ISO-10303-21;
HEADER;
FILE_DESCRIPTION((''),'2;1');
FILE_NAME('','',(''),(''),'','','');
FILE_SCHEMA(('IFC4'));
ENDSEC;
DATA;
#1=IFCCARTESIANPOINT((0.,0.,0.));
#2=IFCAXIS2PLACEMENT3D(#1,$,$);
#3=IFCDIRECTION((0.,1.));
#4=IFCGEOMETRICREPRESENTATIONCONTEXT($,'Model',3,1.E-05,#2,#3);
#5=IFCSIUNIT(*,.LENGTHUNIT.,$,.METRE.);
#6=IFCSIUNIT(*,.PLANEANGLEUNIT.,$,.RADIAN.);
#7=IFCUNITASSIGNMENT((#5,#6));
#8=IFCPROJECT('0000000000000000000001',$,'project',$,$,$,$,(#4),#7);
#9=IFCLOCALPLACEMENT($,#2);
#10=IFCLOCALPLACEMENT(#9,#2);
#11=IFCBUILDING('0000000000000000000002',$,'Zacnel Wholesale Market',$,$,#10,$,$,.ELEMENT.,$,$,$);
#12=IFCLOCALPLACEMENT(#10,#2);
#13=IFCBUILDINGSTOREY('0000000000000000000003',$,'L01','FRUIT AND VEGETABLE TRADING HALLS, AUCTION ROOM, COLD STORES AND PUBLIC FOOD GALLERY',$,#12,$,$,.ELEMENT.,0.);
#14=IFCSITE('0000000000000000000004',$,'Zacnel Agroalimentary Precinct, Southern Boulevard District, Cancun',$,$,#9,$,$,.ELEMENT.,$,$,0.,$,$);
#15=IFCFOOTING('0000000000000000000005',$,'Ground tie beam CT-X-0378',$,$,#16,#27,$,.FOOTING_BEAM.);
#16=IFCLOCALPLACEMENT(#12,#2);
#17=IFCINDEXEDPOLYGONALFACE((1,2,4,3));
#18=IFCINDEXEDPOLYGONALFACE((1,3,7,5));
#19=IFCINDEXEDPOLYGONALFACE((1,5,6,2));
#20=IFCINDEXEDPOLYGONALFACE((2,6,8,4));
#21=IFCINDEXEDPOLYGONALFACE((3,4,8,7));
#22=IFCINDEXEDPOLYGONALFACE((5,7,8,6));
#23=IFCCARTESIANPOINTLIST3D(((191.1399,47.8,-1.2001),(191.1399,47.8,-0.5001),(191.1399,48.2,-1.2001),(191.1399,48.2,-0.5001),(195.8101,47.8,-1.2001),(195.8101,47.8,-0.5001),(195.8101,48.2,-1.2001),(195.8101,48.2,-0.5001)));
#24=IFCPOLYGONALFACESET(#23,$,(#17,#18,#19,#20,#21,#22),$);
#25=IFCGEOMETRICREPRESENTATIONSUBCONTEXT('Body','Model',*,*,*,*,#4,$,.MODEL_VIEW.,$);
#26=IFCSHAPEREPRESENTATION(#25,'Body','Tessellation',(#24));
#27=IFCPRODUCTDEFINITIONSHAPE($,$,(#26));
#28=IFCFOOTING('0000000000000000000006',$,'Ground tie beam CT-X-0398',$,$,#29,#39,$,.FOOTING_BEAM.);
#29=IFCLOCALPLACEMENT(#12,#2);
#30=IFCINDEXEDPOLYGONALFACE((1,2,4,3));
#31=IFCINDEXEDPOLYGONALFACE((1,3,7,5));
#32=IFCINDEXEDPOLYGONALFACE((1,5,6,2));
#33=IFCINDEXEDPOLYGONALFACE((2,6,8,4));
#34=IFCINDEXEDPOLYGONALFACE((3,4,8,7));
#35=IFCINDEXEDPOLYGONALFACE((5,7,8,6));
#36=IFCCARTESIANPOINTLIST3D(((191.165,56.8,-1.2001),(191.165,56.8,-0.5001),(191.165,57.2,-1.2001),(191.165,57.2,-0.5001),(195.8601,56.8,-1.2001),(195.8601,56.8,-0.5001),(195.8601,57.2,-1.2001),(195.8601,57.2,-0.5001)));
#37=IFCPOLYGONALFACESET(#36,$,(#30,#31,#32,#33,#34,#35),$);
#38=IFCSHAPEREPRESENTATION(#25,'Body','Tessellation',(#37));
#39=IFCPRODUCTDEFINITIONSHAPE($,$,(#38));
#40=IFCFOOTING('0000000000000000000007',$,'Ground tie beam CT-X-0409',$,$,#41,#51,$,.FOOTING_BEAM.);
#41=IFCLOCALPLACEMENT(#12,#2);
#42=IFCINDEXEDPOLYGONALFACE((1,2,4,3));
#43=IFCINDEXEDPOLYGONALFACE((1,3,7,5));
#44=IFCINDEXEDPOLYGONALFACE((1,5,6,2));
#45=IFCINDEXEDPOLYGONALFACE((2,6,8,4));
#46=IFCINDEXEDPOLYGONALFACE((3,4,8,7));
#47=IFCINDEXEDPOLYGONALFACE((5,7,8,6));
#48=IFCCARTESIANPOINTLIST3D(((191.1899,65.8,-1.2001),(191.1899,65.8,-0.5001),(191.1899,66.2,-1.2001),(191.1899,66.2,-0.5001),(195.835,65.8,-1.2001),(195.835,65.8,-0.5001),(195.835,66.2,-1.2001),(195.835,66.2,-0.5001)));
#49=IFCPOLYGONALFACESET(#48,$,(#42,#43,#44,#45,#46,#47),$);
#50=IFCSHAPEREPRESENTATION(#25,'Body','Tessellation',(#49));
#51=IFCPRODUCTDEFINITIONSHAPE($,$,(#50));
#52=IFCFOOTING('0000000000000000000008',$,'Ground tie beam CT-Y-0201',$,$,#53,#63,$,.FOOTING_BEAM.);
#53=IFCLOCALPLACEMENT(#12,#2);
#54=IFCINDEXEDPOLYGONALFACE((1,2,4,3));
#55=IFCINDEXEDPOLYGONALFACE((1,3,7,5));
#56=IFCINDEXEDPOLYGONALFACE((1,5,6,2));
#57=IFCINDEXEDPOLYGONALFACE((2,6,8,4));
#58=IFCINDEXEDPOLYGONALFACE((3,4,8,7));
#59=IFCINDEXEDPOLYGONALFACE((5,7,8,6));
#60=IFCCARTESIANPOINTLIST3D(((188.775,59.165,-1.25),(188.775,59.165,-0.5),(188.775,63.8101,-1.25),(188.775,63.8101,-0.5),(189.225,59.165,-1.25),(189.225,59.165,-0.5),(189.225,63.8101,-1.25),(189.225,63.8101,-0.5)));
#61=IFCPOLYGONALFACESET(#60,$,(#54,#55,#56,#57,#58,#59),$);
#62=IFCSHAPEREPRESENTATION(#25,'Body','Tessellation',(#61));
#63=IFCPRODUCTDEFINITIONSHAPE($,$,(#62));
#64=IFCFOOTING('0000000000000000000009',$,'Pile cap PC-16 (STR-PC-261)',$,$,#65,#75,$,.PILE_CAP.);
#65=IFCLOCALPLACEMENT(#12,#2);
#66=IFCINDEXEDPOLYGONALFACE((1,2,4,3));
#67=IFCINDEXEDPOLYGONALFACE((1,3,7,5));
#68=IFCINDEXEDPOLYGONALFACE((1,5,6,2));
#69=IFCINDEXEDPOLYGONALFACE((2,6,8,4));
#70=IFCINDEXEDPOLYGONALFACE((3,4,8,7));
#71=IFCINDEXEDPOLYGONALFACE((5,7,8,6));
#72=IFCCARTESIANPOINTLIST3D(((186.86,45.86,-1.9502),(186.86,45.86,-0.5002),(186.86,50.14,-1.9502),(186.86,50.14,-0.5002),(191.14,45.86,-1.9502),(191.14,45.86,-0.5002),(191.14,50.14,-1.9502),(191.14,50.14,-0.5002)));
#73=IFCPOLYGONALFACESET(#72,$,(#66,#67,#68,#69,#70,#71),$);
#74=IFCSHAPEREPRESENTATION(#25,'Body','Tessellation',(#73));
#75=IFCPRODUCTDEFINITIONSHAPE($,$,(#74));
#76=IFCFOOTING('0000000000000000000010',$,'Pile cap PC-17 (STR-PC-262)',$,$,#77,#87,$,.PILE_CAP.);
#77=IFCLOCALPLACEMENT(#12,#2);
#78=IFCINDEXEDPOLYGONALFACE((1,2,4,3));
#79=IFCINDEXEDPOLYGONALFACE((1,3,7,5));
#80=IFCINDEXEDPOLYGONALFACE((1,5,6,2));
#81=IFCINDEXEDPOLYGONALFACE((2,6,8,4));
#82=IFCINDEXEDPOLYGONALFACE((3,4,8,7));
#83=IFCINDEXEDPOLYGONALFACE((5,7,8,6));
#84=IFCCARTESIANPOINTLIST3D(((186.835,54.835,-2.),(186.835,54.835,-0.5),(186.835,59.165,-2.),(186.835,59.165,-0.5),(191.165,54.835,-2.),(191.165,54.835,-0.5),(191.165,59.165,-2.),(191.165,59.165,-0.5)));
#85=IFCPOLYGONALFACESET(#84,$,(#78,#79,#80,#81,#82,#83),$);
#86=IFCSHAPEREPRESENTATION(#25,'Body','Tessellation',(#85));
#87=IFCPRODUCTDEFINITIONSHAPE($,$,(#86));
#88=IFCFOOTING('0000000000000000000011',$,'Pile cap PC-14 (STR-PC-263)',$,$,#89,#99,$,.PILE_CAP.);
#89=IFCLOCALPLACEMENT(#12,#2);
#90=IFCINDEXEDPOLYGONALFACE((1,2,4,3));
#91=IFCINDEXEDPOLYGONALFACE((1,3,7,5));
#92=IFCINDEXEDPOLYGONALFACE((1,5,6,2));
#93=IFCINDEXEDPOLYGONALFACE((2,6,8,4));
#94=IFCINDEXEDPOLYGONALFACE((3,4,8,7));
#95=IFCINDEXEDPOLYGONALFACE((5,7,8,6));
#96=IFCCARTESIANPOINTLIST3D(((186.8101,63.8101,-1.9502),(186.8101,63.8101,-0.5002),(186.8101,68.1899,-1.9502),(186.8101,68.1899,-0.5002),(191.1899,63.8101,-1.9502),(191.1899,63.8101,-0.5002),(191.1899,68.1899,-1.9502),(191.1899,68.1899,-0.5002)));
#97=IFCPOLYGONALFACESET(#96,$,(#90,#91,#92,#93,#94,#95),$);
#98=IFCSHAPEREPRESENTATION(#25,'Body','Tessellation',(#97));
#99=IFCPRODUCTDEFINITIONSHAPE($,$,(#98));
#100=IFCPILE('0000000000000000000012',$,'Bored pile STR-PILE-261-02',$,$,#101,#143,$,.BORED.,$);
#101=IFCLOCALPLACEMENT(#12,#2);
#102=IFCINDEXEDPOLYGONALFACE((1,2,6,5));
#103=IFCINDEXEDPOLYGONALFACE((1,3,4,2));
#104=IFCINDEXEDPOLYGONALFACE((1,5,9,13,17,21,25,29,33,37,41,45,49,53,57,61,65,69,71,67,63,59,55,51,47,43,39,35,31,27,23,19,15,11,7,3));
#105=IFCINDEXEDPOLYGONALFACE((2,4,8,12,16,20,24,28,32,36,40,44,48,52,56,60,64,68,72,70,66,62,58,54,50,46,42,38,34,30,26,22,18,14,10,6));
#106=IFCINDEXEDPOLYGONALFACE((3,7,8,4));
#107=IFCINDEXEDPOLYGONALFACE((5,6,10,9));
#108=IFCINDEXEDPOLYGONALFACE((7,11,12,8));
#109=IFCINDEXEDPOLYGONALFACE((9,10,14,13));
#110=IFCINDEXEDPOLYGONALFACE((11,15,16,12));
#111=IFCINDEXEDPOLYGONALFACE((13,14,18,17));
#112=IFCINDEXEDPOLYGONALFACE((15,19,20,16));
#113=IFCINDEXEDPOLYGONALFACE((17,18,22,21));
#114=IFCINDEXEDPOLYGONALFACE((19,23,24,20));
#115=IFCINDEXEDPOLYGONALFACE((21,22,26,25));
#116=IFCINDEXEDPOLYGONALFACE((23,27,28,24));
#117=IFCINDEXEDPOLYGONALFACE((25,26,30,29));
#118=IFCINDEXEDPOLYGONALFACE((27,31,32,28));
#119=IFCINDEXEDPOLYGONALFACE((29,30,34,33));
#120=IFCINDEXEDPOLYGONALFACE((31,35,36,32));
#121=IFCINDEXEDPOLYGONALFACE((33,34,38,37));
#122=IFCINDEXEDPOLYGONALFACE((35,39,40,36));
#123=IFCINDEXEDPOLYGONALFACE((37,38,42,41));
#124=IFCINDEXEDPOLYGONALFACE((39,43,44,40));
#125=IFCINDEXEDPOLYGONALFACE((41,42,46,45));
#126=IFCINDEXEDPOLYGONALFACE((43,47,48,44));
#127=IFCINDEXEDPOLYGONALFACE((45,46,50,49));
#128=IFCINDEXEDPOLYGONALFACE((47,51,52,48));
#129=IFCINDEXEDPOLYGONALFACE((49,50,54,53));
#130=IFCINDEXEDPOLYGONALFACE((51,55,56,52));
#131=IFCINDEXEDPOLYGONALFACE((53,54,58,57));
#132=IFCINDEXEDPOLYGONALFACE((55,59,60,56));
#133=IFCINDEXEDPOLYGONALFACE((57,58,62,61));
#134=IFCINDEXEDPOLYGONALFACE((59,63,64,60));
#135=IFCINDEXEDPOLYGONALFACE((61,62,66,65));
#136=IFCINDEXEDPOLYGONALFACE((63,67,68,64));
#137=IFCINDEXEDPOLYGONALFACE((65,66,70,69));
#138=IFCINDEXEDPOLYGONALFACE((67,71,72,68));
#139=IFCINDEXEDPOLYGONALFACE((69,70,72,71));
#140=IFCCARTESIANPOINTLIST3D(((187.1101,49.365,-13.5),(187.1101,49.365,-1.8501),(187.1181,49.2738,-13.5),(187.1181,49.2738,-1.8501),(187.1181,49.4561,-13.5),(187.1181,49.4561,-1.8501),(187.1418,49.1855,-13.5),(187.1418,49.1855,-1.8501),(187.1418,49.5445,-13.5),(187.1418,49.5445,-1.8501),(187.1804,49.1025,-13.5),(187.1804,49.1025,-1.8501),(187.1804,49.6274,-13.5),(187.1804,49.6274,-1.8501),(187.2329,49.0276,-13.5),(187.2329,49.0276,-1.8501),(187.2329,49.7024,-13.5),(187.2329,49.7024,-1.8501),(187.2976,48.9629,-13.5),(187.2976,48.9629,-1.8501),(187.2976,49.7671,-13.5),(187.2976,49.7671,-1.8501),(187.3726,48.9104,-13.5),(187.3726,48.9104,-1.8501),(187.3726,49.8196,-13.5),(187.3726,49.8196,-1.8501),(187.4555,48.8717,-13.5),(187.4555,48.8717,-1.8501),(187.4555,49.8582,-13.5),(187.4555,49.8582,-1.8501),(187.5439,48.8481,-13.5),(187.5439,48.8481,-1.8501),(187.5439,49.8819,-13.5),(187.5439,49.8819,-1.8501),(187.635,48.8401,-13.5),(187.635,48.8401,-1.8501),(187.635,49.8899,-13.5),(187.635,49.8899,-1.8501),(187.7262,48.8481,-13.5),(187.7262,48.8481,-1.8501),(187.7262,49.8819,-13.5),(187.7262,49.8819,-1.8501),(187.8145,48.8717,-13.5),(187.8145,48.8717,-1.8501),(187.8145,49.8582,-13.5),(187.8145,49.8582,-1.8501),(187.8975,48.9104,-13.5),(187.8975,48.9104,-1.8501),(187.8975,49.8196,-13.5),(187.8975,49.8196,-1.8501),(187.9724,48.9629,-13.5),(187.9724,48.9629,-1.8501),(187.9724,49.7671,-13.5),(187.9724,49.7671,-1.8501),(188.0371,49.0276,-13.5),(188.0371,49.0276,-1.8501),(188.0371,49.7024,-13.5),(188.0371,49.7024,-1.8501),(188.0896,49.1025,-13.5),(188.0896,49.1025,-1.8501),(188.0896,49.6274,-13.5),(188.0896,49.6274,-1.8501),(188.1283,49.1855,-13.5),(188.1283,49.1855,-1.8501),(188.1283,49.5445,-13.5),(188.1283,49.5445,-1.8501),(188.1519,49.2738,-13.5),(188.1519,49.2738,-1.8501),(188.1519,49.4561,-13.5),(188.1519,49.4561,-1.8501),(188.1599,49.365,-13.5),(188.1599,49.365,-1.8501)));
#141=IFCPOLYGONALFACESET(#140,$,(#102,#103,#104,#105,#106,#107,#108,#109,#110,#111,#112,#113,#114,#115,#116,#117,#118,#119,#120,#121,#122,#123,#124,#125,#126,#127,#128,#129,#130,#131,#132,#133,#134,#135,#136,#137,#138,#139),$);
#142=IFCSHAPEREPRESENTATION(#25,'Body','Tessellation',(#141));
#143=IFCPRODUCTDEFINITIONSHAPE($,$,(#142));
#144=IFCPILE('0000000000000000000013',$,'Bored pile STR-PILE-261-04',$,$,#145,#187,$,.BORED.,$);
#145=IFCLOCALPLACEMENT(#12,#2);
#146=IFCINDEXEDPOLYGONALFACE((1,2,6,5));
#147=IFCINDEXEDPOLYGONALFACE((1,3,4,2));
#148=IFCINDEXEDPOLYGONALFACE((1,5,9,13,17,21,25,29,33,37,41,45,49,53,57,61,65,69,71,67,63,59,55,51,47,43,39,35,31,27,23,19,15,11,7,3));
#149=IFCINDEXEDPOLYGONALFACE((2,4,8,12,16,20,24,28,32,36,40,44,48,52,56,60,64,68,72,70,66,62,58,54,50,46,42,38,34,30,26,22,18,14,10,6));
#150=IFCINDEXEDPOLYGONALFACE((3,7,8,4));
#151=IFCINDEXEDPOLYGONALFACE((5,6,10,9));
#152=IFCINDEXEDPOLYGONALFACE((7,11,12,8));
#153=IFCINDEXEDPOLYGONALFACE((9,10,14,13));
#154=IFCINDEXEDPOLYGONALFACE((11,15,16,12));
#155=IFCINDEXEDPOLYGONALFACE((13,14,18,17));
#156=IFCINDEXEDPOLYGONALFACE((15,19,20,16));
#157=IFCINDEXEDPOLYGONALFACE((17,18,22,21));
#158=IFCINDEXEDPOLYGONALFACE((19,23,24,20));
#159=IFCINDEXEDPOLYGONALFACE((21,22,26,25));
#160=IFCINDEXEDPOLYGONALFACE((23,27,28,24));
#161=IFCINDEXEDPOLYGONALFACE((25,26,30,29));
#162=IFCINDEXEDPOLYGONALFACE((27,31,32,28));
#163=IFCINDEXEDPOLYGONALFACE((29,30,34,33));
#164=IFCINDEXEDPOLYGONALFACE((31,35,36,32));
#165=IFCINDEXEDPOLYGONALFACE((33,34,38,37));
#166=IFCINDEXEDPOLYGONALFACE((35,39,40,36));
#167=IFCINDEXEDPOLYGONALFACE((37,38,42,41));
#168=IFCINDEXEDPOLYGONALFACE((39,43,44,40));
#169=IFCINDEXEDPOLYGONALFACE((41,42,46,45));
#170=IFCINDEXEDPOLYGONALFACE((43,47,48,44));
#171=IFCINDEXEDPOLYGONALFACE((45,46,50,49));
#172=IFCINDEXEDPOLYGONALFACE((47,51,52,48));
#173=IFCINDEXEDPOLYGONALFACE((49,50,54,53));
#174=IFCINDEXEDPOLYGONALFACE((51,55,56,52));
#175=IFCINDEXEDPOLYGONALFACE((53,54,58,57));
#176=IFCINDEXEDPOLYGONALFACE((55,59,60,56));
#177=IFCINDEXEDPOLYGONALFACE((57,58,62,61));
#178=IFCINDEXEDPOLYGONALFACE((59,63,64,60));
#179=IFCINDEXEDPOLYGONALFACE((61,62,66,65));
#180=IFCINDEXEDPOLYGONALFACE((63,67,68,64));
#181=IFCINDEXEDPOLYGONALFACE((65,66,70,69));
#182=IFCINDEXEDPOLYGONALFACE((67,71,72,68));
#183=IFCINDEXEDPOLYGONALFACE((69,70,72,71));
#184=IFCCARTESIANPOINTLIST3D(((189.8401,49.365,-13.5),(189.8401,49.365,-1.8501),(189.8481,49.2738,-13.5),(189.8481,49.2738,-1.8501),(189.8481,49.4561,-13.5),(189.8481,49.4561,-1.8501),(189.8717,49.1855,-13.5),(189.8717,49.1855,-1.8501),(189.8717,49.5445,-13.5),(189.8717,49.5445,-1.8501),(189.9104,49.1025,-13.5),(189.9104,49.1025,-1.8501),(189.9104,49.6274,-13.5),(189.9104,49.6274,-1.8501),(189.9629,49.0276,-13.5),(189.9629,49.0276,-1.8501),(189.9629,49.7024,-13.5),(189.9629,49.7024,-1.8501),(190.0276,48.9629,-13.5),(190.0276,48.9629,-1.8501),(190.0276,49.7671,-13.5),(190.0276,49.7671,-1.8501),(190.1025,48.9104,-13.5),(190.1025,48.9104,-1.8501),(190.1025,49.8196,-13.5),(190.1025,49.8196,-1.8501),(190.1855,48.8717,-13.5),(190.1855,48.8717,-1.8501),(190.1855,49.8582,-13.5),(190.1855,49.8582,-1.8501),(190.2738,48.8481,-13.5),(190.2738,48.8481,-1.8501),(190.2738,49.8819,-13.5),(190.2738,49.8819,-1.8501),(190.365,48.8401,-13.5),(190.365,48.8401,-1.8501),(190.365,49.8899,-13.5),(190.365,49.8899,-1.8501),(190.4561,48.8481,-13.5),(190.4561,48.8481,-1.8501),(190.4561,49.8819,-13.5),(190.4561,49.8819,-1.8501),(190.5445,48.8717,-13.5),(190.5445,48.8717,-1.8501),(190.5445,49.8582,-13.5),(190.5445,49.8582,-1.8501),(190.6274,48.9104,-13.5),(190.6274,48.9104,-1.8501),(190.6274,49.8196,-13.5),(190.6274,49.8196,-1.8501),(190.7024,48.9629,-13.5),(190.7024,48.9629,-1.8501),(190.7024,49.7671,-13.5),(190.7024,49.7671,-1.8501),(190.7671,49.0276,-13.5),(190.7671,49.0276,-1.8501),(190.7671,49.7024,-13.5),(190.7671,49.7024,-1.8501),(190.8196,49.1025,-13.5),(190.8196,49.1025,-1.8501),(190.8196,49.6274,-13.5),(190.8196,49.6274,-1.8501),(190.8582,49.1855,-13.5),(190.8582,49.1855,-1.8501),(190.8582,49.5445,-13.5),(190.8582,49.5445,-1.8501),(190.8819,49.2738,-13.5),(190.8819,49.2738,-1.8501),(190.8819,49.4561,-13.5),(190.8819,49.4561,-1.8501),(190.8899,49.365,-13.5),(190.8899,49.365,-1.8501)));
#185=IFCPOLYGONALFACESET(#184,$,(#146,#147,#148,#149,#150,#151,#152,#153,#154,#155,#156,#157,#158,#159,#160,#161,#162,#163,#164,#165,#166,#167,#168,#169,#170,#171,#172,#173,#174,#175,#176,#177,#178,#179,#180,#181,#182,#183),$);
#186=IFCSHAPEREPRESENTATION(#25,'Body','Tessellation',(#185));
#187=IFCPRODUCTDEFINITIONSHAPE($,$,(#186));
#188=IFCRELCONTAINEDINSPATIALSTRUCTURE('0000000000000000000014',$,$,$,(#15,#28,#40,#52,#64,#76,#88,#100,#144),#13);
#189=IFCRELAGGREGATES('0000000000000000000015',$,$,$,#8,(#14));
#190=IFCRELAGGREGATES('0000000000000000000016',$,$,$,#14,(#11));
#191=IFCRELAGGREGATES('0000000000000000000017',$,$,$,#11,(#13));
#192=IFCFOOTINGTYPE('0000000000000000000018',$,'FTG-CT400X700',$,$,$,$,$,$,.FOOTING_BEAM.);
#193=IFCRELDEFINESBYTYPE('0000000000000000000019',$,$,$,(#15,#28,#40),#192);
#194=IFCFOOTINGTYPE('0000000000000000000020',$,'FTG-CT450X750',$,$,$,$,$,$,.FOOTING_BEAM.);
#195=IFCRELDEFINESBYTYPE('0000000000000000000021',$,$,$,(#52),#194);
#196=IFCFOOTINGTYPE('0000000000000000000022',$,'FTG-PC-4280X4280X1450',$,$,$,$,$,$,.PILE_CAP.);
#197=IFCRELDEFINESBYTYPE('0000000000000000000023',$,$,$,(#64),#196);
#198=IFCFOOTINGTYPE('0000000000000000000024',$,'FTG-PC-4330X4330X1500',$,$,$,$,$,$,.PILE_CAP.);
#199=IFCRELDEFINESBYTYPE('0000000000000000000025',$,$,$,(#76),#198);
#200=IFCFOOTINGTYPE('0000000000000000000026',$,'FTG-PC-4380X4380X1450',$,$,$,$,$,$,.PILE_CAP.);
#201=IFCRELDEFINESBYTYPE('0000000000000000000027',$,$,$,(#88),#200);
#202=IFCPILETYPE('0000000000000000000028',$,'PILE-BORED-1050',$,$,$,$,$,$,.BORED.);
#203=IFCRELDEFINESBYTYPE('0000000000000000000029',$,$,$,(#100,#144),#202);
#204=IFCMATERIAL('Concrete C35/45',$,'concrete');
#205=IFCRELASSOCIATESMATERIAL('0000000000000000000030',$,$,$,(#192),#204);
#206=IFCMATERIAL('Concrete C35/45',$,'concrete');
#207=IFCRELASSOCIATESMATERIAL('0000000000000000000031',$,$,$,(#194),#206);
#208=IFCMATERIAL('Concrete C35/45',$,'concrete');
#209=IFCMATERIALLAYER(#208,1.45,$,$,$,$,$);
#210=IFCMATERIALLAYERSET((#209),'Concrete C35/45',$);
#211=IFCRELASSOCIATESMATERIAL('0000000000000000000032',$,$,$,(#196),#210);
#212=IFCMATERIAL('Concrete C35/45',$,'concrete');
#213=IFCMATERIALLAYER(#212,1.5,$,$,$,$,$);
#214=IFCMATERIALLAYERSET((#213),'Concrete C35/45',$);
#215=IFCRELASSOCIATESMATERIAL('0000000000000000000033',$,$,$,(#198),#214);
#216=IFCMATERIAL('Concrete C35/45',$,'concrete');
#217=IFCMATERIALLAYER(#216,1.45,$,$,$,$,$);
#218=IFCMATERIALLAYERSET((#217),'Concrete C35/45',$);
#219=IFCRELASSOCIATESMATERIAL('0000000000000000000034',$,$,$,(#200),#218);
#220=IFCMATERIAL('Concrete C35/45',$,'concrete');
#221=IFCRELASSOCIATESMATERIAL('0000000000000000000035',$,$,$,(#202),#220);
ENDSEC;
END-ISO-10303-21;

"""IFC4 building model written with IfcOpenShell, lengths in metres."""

from ifc_helpers import new_model, si_unit, direction, frame, origin, origin_2d, place, context, subcontext, project, spatial, rectangle, circle, extrude, material, layer, layer_set, material_profile, profile_set, type_object, element, save


model = new_model("IFC4")

# Units and contexts
model_context = context("Model", 3, precision=1e-05, world=origin(), true_north=direction((0.0, 1.0)))
body_context = subcontext(model_context, "Body", "Model", "MODEL_VIEW")
ifc_project = project(units=[si_unit("LENGTHUNIT", "METRE"), si_unit("PLANEANGLEUNIT", "RADIAN")], contexts=[model_context])

# Site, building, storey
site_placement = place(None, origin())
site = spatial("IfcSite", under=ifc_project, at=site_placement, Name="Zacnel Agroalimentary Precinct, Southern Boulevard District, Cancun", CompositionType="ELEMENT", RefElevation=0.0)
building_placement = place(site_placement, origin())
building = spatial("IfcBuilding", under=site, at=building_placement, Name="Zacnel Wholesale Market", CompositionType="ELEMENT")
storey_placement = place(building_placement, origin())
storey = spatial("IfcBuildingStorey", under=building, at=storey_placement, Name="L01", Description="FRUIT AND VEGETABLE TRADING HALLS, AUCTION ROOM, COLD STORES AND PUBLIC FOOD GALLERY", CompositionType="ELEMENT", Elevation=0.0)

# Footings
ifc_material_1 = material(Name="Concrete C35/45", Category="concrete")
ifc_material_profile_1 = material_profile(ifc_material_1, rectangle(XDim=0.3999, YDim=0.7, at=origin_2d()), Name="CT 400x700")
ifc_profile_set_1 = profile_set([ifc_material_profile_1], Name="Concrete C35/45")
footing_type_1 = type_object("IfcFootingType", Name="FTG-CT400X700", PredefinedType="FOOTING_BEAM", material=ifc_profile_set_1)
footing_1_placement = place(storey_placement, frame((191.1399, 48.0, -0.8501), z_axis=(1.0, 0.0, 0.0), x_axis=(0.0, 1.0, 0.0)))
element("IfcFooting", 1, at=footing_1_placement, inside=storey, type_object=footing_type_1, Name="Ground tie beam CT-X-0378", PredefinedType="FOOTING_BEAM", context=body_context, shape_type="SweptSolid", body=[
    extrude(rectangle(XDim=0.3999, YDim=0.7, at=origin_2d()), origin(), (0.0, 0.0, 1.0), 4.6702),
])
footing_2_placement = place(storey_placement, frame((191.165, 57.0, -0.8501), z_axis=(1.0, 0.0, 0.0), x_axis=(0.0, 1.0, 0.0)))
element("IfcFooting", 2, at=footing_2_placement, inside=storey, type_object=footing_type_1, Name="Ground tie beam CT-X-0398", PredefinedType="FOOTING_BEAM", context=body_context, shape_type="SweptSolid", body=[
    extrude(rectangle(XDim=0.3999, YDim=0.7, at=origin_2d()), origin(), (0.0, 0.0, 1.0), 4.6951),
])
footing_3_placement = place(storey_placement, frame((191.1899, 66.0, -0.8501), z_axis=(1.0, 0.0, 0.0), x_axis=(0.0, 1.0, 0.0)))
element("IfcFooting", 3, at=footing_3_placement, inside=storey, type_object=footing_type_1, Name="Ground tie beam CT-X-0409", PredefinedType="FOOTING_BEAM", context=body_context, shape_type="SweptSolid", body=[
    extrude(rectangle(XDim=0.3999, YDim=0.7, at=origin_2d()), origin(), (0.0, 0.0, 1.0), 4.645),
])
ifc_material_2 = material(Name="Concrete C35/45", Category="concrete")
ifc_material_profile_2 = material_profile(ifc_material_2, rectangle(XDim=0.45, YDim=0.75, at=origin_2d()), Name="CT 450x750")
ifc_profile_set_2 = profile_set([ifc_material_profile_2], Name="Concrete C35/45")
footing_type_2 = type_object("IfcFootingType", Name="FTG-CT450X750", PredefinedType="FOOTING_BEAM", material=ifc_profile_set_2)
footing_4_placement = place(storey_placement, frame((189.0, 59.165, -0.875), z_axis=(0.0, 1.0, 0.0), x_axis=(-1.0, 0.0, 0.0)))
element("IfcFooting", 4, at=footing_4_placement, inside=storey, type_object=footing_type_2, Name="Ground tie beam CT-Y-0201", PredefinedType="FOOTING_BEAM", context=body_context, shape_type="SweptSolid", body=[
    extrude(rectangle(XDim=0.45, YDim=0.75, at=origin_2d()), origin(), (0.0, 0.0, 1.0), 4.645),
])
ifc_material_3 = material(Name="Concrete C35/45", Category="concrete")
ifc_layer_1 = layer(ifc_material_3, 1.45)
ifc_layer_set_1 = layer_set([ifc_layer_1], Name="Concrete C35/45")
footing_type_3 = type_object("IfcFootingType", Name="FTG-PC-4280X4280X1450", PredefinedType="PILE_CAP", material=ifc_layer_set_1)
footing_5_placement = place(storey_placement, frame((189.0, 48.0, -1.9502), z_axis=(0.0, 0.0, 1.0), x_axis=(1.0, 0.0, 0.0)))
element("IfcFooting", 5, at=footing_5_placement, inside=storey, type_object=footing_type_3, Name="Pile cap PC-16 (STR-PC-261)", PredefinedType="PILE_CAP", context=body_context, shape_type="SweptSolid", body=[
    extrude(rectangle(XDim=4.28, YDim=4.28, at=origin_2d()), origin(), (0.0, 0.0, 1.0), 1.45),
])
ifc_material_4 = material(Name="Concrete C35/45", Category="concrete")
ifc_layer_2 = layer(ifc_material_4, 1.5)
ifc_layer_set_2 = layer_set([ifc_layer_2], Name="Concrete C35/45")
footing_type_4 = type_object("IfcFootingType", Name="FTG-PC-4330X4330X1500", PredefinedType="PILE_CAP", material=ifc_layer_set_2)
footing_6_placement = place(storey_placement, frame((189.0, 57.0, -2.0), z_axis=(0.0, 0.0, 1.0), x_axis=(1.0, 0.0, 0.0)))
element("IfcFooting", 6, at=footing_6_placement, inside=storey, type_object=footing_type_4, Name="Pile cap PC-17 (STR-PC-262)", PredefinedType="PILE_CAP", context=body_context, shape_type="SweptSolid", body=[
    extrude(rectangle(XDim=4.3301, YDim=4.3301, at=origin_2d()), origin(), (0.0, 0.0, 1.0), 1.5),
])
ifc_material_5 = material(Name="Concrete C35/45", Category="concrete")
ifc_layer_3 = layer(ifc_material_5, 1.45)
ifc_layer_set_3 = layer_set([ifc_layer_3], Name="Concrete C35/45")
footing_type_5 = type_object("IfcFootingType", Name="FTG-PC-4380X4380X1450", PredefinedType="PILE_CAP", material=ifc_layer_set_3)
footing_7_placement = place(storey_placement, frame((189.0, 66.0, -1.9502), z_axis=(0.0, 0.0, 1.0), x_axis=(1.0, 0.0, 0.0)))
element("IfcFooting", 7, at=footing_7_placement, inside=storey, type_object=footing_type_5, Name="Pile cap PC-14 (STR-PC-263)", PredefinedType="PILE_CAP", context=body_context, shape_type="SweptSolid", body=[
    extrude(rectangle(XDim=4.3799, YDim=4.3799, at=origin_2d()), origin(), (0.0, 0.0, 1.0), 1.45),
])

# Piles
ifc_material_6 = material(Name="Concrete C35/45", Category="concrete")
ifc_material_profile_3 = material_profile(ifc_material_6, circle(Radius=0.5249, at=origin_2d()), Name="BORED PILE D1050")
ifc_profile_set_3 = profile_set([ifc_material_profile_3], Name="Concrete C35/45")
pile_type = type_object("IfcPileType", Name="PILE-BORED-1050", PredefinedType="BORED", material=ifc_profile_set_3)
for number, where, z_axis, x_axis, name in (
    (8, (187.635, 49.365, -1.8501), (0.0, 0.0, -1.0), (1.0, 0.0, 0.0), "Bored pile STR-PILE-261-02"),
    (9, (190.365, 49.365, -1.8501), (0.0, 0.0, -1.0), (1.0, 0.0, 0.0), "Bored pile STR-PILE-261-04"),
):
    element("IfcPile", number, at=place(storey_placement, frame(where, z_axis=z_axis, x_axis=x_axis)), inside=storey, type_object=pile_type, Name=name, PredefinedType="BORED", context=body_context, shape_type="SweptSolid", body=[
        extrude(circle(Radius=0.5249, at=origin_2d()), origin(), (0.0, 0.0, 1.0), 11.6499),
    ])

save(model, "model.ifc")
